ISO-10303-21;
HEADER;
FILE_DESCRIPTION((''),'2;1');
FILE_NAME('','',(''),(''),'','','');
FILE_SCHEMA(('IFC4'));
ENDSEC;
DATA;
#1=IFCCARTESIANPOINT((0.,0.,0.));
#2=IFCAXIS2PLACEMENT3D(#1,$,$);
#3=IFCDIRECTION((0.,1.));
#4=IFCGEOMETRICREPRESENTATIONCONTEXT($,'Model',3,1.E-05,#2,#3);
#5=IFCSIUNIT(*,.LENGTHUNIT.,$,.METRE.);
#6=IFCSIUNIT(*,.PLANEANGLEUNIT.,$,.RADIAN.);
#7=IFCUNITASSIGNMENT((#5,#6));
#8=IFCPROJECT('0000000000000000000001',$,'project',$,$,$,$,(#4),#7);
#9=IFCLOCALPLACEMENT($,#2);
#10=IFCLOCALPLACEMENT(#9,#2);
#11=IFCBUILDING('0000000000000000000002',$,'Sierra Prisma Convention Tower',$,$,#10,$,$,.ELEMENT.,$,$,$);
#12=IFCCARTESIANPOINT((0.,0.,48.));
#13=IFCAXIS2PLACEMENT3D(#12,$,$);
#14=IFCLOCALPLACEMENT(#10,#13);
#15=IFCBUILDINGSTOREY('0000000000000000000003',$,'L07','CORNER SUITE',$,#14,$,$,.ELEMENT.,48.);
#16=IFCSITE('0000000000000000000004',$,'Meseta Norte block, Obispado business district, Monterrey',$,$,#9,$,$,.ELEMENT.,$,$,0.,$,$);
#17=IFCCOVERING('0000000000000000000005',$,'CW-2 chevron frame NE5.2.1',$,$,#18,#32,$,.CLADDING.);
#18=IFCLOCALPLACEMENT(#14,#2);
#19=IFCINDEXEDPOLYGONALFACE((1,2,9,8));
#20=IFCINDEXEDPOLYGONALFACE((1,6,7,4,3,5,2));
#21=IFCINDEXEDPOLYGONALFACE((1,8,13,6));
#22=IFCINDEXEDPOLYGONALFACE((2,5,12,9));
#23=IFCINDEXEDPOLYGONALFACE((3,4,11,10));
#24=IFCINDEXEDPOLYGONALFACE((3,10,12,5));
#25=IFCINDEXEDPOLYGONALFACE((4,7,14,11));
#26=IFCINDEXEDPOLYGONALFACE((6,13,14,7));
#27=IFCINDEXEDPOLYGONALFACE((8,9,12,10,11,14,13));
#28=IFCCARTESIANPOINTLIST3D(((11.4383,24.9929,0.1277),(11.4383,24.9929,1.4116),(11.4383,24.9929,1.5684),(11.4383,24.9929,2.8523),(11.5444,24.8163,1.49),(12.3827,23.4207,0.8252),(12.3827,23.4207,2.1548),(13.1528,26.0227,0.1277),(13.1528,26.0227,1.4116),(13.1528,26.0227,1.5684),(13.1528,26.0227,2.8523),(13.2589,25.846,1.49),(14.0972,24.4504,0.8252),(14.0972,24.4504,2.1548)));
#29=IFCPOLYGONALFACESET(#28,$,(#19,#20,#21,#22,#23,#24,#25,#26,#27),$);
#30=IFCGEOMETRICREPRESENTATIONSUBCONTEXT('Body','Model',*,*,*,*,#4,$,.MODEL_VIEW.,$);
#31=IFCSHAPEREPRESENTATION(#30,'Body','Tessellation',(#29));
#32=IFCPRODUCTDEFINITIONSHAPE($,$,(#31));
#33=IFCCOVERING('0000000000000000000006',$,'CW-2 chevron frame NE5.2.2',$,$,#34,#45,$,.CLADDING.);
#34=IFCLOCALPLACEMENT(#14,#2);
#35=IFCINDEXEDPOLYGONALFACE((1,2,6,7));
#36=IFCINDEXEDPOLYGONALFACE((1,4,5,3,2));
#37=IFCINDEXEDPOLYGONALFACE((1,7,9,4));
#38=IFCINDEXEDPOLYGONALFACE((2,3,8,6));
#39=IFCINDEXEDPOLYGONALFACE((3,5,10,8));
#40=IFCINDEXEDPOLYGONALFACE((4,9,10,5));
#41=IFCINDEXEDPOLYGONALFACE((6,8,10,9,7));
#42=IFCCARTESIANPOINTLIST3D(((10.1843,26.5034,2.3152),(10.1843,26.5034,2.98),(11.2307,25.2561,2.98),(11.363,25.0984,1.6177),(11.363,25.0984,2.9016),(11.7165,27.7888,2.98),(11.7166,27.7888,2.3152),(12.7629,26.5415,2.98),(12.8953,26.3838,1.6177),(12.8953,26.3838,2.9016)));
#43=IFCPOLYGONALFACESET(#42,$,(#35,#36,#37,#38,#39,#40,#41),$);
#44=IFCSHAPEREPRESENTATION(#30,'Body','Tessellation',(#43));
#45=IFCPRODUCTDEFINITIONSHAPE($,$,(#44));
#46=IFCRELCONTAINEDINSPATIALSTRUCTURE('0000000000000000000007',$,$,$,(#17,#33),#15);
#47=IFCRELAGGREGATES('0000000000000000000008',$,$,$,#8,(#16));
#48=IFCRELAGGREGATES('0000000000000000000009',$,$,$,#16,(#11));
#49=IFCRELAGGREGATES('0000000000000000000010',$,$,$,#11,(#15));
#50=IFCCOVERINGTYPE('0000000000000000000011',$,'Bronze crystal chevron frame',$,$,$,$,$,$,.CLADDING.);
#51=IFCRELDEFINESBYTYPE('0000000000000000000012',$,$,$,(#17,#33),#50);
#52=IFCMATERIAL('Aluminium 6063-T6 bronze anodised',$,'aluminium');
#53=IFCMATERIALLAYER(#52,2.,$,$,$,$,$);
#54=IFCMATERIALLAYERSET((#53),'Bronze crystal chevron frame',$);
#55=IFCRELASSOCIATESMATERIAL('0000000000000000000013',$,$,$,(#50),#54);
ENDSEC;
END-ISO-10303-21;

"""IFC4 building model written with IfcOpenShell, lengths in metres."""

from ifc_helpers import new_model, si_unit, direction, frame, origin, place, context, subcontext, project, spatial, polyline, outline, extrude, material, layer, layer_set, type_object, element, save


model = new_model("IFC4")

# Units and contexts
model_context = context("Model", 3, precision=1e-05, world=origin(), true_north=direction((0.0, 1.0)))
body_context = subcontext(model_context, "Body", "Model", "MODEL_VIEW")
ifc_project = project(units=[si_unit("LENGTHUNIT", "METRE"), si_unit("PLANEANGLEUNIT", "RADIAN")], contexts=[model_context])

# Site, building, storey
site_placement = place(None, origin())
site = spatial("IfcSite", under=ifc_project, at=site_placement, Name="Meseta Norte block, Obispado business district, Monterrey", CompositionType="ELEMENT", RefElevation=0.0)
building_placement = place(site_placement, origin())
building = spatial("IfcBuilding", under=site, at=building_placement, Name="Sierra Prisma Convention Tower", CompositionType="ELEMENT")
storey_placement = place(building_placement, frame((0.0, 0.0, 48.0)))
storey = spatial("IfcBuildingStorey", under=building, at=storey_placement, Name="L07", Description="CORNER SUITE", CompositionType="ELEMENT", Elevation=48.0)

# Coverings
ifc_material_1 = material(Name="Aluminium 6063-T6 bronze anodised", Category="aluminium")
ifc_layer_1 = layer(ifc_material_1, 2.0)
ifc_layer_set_1 = layer_set([ifc_layer_1], Name="Bronze crystal chevron frame")
covering_type = type_object("IfcCoveringType", Name="Bronze crystal chevron frame", PredefinedType="CLADDING", material=ifc_layer_set_1)
covering_1_placement = place(storey_placement, frame((14.0972, 24.4504, 0.8252), z_axis=(0.857256, 0.51489, 0.0), x_axis=(-0.481262, 0.801267, -0.35547)))
element("IfcCovering", 1, at=covering_1_placement, inside=storey, type_object=covering_type, Name="CW-2 chevron frame NE5.2.1", PredefinedType="CLADDING", context=body_context, shape_type="SweptSolid", body=[
    extrude(outline(polyline([(0.0, 0.0), (1.9622, 0.0), (1.5058, 1.2001), (1.2853, 1.2001), (1.4501, 1.3466), (0.9937, 2.5467), (-0.4726, 1.2428), (0.0, 0.0)])), origin(), (0.0, 0.0, -1.0), 2.0),
])
covering_2_placement = place(storey_placement, frame((12.8953, 26.3838, 1.6177), z_axis=(0.766111, 0.642708, 0.000005), x_axis=(-0.600729, 0.716069, 0.355485)))
element("IfcCovering", 2, at=covering_2_placement, inside=storey, type_object=covering_type, Name="CW-2 chevron frame NE5.2.2", PredefinedType="CLADDING", context=body_context, shape_type="SweptSolid", body=[
    extrude(outline(polyline([(0.0, 0.0), (1.9621, 0.0), (2.1985, 0.6214), (0.6767, 1.2001), (0.4564, 1.2001), (0.0, 0.0)])), origin(), (0.0, 0.0, -1.0), 2.0),
])

save(model, "model.ifc")
